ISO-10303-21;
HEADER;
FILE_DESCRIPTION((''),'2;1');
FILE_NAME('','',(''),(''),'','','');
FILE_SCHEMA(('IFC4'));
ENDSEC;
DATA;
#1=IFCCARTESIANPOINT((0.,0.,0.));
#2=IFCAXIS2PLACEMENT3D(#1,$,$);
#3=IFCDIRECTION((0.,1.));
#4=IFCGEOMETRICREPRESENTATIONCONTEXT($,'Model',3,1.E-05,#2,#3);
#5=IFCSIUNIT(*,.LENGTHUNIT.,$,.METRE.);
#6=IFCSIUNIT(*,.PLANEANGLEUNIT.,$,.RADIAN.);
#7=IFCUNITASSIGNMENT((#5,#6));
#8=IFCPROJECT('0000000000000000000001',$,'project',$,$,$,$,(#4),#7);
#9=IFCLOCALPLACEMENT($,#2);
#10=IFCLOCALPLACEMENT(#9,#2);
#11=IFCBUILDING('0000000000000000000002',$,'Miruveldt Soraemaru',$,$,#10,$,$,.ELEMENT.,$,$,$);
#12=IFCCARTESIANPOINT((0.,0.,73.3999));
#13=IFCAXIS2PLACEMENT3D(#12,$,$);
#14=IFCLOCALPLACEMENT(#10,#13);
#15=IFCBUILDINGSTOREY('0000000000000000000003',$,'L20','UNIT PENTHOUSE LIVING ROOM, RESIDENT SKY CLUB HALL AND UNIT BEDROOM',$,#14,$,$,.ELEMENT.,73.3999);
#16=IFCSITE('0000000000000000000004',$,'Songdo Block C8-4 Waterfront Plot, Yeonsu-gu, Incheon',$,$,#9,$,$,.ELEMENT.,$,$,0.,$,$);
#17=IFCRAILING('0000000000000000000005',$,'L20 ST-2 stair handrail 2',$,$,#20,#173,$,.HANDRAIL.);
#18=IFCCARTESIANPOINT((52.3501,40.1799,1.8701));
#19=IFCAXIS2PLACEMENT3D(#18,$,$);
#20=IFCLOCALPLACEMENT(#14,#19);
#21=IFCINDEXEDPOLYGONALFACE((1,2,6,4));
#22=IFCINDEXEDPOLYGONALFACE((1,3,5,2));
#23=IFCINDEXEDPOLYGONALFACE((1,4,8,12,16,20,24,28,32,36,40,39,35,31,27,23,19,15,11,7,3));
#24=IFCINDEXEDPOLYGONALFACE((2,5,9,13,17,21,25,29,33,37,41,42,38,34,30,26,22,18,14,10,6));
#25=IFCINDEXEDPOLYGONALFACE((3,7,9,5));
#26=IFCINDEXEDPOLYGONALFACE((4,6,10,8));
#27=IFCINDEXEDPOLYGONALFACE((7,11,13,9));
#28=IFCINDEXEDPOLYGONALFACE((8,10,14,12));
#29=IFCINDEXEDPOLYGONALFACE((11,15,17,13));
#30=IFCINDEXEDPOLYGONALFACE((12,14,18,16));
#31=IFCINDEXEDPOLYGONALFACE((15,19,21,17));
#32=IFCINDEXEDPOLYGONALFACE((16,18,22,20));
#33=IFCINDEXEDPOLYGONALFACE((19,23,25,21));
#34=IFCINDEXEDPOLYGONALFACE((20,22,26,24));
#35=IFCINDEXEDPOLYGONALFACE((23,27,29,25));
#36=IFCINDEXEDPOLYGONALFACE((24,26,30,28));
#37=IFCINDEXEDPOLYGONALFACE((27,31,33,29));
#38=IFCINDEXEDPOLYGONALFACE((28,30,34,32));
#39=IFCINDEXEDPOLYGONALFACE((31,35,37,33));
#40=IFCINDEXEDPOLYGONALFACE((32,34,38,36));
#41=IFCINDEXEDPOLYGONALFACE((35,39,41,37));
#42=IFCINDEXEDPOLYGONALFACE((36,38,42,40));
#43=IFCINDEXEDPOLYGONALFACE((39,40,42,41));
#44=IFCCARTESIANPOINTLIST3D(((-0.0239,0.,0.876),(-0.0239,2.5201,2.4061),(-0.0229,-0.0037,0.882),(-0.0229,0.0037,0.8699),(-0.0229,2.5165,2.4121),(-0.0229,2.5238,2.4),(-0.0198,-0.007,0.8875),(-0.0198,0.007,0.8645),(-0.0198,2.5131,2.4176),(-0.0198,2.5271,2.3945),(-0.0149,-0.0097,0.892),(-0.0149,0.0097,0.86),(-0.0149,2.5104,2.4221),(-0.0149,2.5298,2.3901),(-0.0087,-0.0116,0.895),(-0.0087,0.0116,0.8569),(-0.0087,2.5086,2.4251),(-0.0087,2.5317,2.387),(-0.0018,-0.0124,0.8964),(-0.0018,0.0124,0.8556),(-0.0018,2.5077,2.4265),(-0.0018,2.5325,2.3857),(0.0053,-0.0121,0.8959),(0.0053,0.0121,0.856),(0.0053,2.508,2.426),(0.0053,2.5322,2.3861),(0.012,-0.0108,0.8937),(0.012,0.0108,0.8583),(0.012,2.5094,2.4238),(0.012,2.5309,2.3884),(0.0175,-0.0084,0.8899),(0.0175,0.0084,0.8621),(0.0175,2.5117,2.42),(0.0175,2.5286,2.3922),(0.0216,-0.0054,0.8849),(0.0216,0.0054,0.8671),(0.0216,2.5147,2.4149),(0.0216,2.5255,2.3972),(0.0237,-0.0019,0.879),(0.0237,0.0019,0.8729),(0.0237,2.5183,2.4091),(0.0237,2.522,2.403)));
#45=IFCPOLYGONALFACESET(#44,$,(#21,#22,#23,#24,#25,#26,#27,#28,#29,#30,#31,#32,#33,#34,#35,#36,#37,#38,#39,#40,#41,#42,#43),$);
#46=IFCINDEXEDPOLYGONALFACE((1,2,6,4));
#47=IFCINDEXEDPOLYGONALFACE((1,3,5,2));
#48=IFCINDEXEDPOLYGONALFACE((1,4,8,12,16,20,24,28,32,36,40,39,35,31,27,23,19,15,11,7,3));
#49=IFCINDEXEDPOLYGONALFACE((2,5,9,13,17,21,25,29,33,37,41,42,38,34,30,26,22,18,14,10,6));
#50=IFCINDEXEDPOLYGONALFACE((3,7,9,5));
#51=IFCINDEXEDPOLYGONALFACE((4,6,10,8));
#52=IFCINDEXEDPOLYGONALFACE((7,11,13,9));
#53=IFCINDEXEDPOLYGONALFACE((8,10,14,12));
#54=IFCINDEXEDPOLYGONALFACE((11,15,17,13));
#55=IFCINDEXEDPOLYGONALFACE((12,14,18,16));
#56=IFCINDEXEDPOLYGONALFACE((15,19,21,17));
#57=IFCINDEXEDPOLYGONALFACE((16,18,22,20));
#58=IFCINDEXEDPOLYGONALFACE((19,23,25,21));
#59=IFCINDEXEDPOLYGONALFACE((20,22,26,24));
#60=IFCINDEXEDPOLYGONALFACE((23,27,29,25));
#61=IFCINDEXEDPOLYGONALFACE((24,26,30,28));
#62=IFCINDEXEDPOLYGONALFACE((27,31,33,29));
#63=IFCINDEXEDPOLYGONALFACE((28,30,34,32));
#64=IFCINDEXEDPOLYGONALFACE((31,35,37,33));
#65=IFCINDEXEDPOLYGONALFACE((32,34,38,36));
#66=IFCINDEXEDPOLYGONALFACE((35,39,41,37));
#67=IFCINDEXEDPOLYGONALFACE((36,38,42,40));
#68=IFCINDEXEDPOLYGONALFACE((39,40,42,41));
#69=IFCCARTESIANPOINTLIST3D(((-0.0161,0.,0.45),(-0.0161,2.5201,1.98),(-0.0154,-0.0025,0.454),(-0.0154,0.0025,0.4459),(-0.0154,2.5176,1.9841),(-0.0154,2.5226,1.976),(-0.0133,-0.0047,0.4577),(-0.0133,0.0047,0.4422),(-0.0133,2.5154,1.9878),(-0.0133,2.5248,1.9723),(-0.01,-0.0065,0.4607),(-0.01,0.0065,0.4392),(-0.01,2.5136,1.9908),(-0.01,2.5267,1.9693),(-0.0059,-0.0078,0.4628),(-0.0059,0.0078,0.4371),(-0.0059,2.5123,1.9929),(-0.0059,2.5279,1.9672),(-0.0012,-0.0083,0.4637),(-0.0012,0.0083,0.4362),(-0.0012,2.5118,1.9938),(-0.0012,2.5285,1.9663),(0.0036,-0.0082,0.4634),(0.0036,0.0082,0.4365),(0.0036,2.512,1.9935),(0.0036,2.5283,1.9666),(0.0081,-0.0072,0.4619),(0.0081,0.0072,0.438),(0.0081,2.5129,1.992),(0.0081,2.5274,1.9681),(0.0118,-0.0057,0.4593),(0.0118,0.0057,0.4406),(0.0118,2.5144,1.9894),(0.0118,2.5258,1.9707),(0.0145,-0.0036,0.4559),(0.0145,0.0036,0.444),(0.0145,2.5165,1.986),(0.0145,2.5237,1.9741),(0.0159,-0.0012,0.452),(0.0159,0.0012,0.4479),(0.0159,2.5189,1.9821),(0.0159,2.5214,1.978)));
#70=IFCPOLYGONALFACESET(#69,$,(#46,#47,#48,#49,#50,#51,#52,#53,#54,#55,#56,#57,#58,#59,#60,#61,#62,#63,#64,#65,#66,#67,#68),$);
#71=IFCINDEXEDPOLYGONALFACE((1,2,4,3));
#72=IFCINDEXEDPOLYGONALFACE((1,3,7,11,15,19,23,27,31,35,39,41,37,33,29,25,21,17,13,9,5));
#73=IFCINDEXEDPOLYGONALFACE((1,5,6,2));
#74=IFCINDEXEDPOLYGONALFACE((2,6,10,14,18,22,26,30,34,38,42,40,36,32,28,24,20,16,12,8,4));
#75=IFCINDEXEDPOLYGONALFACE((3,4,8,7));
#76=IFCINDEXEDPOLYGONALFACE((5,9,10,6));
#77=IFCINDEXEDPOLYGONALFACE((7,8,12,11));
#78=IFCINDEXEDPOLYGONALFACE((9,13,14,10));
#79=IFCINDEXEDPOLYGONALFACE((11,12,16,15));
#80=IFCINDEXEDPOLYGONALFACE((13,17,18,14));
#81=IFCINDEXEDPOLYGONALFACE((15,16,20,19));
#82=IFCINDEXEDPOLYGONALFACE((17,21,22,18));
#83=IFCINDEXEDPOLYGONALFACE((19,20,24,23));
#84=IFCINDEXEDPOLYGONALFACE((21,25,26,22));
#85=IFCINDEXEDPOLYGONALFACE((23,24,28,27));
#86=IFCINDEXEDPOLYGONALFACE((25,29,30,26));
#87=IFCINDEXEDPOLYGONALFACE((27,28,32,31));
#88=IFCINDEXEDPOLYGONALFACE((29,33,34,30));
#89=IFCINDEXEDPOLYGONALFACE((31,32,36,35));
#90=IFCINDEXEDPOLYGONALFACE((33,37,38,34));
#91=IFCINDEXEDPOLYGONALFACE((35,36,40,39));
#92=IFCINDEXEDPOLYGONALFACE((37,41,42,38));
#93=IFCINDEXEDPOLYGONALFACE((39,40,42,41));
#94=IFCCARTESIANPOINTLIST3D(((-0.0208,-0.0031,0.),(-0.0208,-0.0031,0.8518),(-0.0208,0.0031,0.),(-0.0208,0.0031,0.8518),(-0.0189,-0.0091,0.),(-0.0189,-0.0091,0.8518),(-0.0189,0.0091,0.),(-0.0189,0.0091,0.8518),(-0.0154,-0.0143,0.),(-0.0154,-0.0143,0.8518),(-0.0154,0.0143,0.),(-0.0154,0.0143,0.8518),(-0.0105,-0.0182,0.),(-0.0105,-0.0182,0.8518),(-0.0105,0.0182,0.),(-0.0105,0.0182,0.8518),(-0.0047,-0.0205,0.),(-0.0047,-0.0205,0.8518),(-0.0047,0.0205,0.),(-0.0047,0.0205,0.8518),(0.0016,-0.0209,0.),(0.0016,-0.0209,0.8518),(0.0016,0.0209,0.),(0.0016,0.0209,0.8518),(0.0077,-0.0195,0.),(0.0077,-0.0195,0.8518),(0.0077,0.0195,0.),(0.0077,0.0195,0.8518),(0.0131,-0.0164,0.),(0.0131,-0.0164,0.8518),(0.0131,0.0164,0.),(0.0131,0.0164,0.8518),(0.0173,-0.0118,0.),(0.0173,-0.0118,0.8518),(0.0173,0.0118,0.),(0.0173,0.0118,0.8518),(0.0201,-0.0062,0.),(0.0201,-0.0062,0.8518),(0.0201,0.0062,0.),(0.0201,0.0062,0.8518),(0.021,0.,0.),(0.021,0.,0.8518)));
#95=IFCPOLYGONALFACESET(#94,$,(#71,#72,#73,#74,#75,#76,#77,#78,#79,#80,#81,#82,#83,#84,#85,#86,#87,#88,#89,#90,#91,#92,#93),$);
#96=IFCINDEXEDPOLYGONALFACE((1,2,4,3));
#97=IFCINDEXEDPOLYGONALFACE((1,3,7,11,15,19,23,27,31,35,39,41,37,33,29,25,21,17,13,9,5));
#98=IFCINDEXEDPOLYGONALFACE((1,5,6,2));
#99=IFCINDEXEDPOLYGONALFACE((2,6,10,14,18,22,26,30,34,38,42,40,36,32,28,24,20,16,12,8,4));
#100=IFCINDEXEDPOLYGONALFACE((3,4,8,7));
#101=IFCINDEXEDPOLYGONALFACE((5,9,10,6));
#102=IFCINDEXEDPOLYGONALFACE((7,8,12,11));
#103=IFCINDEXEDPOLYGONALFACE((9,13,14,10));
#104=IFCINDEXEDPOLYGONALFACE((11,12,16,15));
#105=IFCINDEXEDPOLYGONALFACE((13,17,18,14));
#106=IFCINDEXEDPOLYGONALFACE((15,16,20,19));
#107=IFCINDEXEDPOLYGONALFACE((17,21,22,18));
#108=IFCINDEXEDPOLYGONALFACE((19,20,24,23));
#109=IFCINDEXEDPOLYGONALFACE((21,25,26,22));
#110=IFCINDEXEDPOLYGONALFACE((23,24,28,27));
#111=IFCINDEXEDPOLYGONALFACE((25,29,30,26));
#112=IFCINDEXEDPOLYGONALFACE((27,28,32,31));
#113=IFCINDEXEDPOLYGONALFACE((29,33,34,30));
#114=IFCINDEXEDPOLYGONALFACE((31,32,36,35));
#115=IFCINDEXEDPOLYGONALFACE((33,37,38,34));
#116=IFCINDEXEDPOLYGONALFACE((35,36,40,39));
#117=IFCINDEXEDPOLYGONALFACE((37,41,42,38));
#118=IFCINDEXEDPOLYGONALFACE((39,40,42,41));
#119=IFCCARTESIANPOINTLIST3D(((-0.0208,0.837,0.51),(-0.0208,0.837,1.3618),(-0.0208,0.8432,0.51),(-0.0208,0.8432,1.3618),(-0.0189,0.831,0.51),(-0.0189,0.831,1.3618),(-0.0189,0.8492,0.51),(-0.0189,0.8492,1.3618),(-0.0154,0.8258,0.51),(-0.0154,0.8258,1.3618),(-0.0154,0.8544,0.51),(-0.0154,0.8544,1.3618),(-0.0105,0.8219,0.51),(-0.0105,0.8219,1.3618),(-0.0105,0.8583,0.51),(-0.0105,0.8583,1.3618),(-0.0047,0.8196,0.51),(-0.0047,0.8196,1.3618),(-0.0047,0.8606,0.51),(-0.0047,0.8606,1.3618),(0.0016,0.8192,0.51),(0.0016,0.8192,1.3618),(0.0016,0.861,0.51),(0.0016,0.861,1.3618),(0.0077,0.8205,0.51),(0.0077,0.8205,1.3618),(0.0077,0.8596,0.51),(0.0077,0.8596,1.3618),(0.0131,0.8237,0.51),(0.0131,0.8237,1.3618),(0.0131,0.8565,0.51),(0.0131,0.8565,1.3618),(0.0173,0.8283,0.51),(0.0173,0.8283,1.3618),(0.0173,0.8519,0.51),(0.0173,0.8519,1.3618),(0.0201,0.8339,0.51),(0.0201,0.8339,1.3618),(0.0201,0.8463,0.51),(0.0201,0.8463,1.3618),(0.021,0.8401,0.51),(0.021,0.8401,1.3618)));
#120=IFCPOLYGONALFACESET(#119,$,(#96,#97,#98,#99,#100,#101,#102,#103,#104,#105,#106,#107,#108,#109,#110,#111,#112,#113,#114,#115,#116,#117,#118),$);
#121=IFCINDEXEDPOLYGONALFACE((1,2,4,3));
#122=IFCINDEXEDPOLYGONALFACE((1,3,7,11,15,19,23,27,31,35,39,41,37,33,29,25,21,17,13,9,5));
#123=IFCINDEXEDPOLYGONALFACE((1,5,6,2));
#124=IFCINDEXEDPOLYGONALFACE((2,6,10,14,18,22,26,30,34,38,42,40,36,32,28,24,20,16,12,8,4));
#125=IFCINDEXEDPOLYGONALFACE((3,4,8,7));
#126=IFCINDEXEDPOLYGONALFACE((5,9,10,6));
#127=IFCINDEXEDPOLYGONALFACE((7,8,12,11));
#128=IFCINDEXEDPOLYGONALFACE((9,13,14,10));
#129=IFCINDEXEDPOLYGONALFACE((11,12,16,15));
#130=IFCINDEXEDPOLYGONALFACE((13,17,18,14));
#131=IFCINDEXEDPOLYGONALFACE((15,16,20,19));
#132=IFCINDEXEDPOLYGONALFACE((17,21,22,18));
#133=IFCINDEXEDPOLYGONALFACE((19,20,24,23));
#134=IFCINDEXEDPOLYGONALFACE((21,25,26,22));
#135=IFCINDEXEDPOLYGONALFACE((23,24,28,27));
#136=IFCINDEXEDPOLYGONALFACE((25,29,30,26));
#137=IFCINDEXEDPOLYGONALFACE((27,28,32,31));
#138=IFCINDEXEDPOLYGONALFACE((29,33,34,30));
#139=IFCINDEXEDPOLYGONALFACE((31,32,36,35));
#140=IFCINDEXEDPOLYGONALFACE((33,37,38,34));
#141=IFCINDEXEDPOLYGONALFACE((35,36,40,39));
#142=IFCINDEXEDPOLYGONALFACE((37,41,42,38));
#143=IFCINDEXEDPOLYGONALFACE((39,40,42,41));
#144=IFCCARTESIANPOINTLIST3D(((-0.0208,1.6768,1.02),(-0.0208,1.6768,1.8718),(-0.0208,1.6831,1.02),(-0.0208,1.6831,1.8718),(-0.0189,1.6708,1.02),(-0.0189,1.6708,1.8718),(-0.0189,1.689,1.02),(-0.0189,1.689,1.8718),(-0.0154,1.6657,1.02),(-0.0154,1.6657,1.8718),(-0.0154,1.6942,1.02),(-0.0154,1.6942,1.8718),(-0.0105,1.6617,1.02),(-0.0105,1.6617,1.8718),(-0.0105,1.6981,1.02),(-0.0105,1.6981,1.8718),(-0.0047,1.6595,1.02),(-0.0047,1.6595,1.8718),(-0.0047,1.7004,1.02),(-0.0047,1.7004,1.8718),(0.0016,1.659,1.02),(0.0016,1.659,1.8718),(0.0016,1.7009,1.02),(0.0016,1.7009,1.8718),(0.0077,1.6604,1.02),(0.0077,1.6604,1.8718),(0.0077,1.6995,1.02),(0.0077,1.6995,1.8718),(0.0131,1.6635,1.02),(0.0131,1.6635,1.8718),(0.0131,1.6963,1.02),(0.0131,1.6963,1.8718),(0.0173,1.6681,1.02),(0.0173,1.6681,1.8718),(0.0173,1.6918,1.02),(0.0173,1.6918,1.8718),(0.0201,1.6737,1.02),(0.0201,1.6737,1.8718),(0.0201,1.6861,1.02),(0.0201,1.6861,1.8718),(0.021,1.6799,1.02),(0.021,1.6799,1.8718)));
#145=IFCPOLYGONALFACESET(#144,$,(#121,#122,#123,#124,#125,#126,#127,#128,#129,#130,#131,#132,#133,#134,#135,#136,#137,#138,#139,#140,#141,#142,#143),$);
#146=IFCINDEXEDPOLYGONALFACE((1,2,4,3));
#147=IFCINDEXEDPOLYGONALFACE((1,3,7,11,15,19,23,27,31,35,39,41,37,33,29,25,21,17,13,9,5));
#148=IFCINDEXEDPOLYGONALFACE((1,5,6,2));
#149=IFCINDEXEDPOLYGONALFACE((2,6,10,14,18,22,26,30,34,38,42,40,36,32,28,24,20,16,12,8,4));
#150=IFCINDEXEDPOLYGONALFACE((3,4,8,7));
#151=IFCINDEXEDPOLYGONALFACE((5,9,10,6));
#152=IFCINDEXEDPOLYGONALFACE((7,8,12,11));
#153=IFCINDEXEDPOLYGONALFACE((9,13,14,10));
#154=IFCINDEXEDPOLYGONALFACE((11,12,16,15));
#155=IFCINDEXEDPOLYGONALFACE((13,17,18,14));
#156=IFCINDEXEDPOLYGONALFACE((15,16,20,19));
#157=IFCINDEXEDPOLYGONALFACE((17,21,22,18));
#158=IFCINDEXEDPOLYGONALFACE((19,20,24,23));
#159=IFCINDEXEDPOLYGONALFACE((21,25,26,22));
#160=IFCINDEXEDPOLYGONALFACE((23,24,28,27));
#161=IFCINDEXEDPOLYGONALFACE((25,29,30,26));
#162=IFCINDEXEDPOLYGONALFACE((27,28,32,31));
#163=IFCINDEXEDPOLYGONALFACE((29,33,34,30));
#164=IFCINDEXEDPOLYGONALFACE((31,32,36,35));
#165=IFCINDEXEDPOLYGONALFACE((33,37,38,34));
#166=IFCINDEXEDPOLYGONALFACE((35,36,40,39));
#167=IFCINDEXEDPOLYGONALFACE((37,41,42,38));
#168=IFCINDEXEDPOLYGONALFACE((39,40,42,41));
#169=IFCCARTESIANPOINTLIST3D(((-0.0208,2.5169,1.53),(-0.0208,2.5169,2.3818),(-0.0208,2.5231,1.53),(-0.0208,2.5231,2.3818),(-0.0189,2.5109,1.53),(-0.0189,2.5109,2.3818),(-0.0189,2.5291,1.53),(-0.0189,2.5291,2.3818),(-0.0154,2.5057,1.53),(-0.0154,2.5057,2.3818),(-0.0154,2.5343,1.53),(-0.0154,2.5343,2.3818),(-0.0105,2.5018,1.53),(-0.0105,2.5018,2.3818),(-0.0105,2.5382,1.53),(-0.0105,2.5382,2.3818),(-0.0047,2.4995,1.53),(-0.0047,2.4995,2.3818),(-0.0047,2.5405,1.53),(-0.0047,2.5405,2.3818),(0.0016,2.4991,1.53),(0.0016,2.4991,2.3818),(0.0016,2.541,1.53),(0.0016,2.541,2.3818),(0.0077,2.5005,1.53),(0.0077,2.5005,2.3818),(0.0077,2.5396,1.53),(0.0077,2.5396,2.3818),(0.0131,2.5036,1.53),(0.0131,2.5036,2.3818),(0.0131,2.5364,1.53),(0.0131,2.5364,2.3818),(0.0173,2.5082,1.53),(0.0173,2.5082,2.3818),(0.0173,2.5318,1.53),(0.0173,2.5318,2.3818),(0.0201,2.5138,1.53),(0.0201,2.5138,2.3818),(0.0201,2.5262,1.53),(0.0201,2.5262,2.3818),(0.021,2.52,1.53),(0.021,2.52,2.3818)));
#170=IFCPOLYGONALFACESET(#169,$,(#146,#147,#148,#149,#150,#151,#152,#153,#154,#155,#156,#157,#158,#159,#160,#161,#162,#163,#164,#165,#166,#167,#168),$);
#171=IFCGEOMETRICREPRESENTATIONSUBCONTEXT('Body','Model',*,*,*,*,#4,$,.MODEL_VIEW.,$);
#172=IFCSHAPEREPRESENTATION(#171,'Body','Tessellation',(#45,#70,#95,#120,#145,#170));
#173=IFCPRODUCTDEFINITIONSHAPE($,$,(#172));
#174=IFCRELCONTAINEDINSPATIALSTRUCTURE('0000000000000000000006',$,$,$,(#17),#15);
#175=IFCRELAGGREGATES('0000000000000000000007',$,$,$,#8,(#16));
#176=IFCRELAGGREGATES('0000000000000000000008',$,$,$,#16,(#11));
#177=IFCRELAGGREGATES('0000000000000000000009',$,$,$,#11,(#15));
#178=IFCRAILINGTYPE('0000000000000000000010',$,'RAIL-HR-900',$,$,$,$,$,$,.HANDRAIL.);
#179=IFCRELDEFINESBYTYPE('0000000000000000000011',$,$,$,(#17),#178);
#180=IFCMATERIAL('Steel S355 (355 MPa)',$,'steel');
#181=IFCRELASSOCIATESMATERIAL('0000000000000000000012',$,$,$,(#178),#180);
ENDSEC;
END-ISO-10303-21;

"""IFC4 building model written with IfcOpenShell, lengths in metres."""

from ifc_helpers import new_model, si_unit, direction, frame, origin, origin_2d, place, context, subcontext, project, spatial, circle, extrude, material, type_object, element, save


model = new_model("IFC4")

# Units and contexts
model_context = context("Model", 3, precision=1e-05, world=origin(), true_north=direction((0.0, 1.0)))
body_context = subcontext(model_context, "Body", "Model", "MODEL_VIEW")
ifc_project = project(units=[si_unit("LENGTHUNIT", "METRE"), si_unit("PLANEANGLEUNIT", "RADIAN")], contexts=[model_context])

# Site, building, storey
site_placement = place(None, origin())
site = spatial("IfcSite", under=ifc_project, at=site_placement, Name="Songdo Block C8-4 Waterfront Plot, Yeonsu-gu, Incheon", CompositionType="ELEMENT", RefElevation=0.0)
building_placement = place(site_placement, origin())
building = spatial("IfcBuilding", under=site, at=building_placement, Name="Miruveldt Soraemaru", CompositionType="ELEMENT")
storey_placement = place(building_placement, frame((0.0, 0.0, 73.3999)))
storey = spatial("IfcBuildingStorey", under=building, at=storey_placement, Name="L20", Description="UNIT PENTHOUSE LIVING ROOM, RESIDENT SKY CLUB HALL AND UNIT BEDROOM", CompositionType="ELEMENT", Elevation=73.3999)

# Railing
ifc_material_1 = material(Name="Steel S355 (355 MPa)", Category="steel")
railing_type_1 = type_object("IfcRailingType", Name="RAIL-HR-900", PredefinedType="HANDRAIL", material=ifc_material_1)
railing_1_placement = place(storey_placement, frame((52.3501, 40.1799, 1.8701)))
element("IfcRailing", 1, at=railing_1_placement, inside=storey, type_object=railing_type_1, Name="L20 ST-2 stair handrail 2", PredefinedType="HANDRAIL", context=body_context, shape_type="SweptSolid", body=[
    extrude(circle(Radius=0.0239, at=origin_2d()), frame((0.0, 0.0, 0.876), z_axis=(0.0, 0.854785, 0.518982), x_axis=(-1.0, 0.0, 0.0)), (0.0, 0.0, 1.0), 2.9482),
    extrude(circle(Radius=0.0161, at=origin_2d()), frame((0.0, 0.0, 0.45), z_axis=(0.0, 0.854785, 0.518982), x_axis=(-1.0, 0.0, 0.0)), (0.0, 0.0, 1.0), 2.9482),
    extrude(circle(Radius=0.021, at=origin_2d()), origin(), (0.0, 0.0, 1.0), 0.8518),
    extrude(circle(Radius=0.021, at=origin_2d()), frame((0.0, 0.8401, 0.51)), (0.0, 0.0, 1.0), 0.8518),
    extrude(circle(Radius=0.021, at=origin_2d()), frame((0.0, 1.6799, 1.02)), (0.0, 0.0, 1.0), 0.8518),
    extrude(circle(Radius=0.021, at=origin_2d()), frame((0.0, 2.52, 1.53)), (0.0, 0.0, 1.0), 0.8518),
])

save(model, "model.ifc")
